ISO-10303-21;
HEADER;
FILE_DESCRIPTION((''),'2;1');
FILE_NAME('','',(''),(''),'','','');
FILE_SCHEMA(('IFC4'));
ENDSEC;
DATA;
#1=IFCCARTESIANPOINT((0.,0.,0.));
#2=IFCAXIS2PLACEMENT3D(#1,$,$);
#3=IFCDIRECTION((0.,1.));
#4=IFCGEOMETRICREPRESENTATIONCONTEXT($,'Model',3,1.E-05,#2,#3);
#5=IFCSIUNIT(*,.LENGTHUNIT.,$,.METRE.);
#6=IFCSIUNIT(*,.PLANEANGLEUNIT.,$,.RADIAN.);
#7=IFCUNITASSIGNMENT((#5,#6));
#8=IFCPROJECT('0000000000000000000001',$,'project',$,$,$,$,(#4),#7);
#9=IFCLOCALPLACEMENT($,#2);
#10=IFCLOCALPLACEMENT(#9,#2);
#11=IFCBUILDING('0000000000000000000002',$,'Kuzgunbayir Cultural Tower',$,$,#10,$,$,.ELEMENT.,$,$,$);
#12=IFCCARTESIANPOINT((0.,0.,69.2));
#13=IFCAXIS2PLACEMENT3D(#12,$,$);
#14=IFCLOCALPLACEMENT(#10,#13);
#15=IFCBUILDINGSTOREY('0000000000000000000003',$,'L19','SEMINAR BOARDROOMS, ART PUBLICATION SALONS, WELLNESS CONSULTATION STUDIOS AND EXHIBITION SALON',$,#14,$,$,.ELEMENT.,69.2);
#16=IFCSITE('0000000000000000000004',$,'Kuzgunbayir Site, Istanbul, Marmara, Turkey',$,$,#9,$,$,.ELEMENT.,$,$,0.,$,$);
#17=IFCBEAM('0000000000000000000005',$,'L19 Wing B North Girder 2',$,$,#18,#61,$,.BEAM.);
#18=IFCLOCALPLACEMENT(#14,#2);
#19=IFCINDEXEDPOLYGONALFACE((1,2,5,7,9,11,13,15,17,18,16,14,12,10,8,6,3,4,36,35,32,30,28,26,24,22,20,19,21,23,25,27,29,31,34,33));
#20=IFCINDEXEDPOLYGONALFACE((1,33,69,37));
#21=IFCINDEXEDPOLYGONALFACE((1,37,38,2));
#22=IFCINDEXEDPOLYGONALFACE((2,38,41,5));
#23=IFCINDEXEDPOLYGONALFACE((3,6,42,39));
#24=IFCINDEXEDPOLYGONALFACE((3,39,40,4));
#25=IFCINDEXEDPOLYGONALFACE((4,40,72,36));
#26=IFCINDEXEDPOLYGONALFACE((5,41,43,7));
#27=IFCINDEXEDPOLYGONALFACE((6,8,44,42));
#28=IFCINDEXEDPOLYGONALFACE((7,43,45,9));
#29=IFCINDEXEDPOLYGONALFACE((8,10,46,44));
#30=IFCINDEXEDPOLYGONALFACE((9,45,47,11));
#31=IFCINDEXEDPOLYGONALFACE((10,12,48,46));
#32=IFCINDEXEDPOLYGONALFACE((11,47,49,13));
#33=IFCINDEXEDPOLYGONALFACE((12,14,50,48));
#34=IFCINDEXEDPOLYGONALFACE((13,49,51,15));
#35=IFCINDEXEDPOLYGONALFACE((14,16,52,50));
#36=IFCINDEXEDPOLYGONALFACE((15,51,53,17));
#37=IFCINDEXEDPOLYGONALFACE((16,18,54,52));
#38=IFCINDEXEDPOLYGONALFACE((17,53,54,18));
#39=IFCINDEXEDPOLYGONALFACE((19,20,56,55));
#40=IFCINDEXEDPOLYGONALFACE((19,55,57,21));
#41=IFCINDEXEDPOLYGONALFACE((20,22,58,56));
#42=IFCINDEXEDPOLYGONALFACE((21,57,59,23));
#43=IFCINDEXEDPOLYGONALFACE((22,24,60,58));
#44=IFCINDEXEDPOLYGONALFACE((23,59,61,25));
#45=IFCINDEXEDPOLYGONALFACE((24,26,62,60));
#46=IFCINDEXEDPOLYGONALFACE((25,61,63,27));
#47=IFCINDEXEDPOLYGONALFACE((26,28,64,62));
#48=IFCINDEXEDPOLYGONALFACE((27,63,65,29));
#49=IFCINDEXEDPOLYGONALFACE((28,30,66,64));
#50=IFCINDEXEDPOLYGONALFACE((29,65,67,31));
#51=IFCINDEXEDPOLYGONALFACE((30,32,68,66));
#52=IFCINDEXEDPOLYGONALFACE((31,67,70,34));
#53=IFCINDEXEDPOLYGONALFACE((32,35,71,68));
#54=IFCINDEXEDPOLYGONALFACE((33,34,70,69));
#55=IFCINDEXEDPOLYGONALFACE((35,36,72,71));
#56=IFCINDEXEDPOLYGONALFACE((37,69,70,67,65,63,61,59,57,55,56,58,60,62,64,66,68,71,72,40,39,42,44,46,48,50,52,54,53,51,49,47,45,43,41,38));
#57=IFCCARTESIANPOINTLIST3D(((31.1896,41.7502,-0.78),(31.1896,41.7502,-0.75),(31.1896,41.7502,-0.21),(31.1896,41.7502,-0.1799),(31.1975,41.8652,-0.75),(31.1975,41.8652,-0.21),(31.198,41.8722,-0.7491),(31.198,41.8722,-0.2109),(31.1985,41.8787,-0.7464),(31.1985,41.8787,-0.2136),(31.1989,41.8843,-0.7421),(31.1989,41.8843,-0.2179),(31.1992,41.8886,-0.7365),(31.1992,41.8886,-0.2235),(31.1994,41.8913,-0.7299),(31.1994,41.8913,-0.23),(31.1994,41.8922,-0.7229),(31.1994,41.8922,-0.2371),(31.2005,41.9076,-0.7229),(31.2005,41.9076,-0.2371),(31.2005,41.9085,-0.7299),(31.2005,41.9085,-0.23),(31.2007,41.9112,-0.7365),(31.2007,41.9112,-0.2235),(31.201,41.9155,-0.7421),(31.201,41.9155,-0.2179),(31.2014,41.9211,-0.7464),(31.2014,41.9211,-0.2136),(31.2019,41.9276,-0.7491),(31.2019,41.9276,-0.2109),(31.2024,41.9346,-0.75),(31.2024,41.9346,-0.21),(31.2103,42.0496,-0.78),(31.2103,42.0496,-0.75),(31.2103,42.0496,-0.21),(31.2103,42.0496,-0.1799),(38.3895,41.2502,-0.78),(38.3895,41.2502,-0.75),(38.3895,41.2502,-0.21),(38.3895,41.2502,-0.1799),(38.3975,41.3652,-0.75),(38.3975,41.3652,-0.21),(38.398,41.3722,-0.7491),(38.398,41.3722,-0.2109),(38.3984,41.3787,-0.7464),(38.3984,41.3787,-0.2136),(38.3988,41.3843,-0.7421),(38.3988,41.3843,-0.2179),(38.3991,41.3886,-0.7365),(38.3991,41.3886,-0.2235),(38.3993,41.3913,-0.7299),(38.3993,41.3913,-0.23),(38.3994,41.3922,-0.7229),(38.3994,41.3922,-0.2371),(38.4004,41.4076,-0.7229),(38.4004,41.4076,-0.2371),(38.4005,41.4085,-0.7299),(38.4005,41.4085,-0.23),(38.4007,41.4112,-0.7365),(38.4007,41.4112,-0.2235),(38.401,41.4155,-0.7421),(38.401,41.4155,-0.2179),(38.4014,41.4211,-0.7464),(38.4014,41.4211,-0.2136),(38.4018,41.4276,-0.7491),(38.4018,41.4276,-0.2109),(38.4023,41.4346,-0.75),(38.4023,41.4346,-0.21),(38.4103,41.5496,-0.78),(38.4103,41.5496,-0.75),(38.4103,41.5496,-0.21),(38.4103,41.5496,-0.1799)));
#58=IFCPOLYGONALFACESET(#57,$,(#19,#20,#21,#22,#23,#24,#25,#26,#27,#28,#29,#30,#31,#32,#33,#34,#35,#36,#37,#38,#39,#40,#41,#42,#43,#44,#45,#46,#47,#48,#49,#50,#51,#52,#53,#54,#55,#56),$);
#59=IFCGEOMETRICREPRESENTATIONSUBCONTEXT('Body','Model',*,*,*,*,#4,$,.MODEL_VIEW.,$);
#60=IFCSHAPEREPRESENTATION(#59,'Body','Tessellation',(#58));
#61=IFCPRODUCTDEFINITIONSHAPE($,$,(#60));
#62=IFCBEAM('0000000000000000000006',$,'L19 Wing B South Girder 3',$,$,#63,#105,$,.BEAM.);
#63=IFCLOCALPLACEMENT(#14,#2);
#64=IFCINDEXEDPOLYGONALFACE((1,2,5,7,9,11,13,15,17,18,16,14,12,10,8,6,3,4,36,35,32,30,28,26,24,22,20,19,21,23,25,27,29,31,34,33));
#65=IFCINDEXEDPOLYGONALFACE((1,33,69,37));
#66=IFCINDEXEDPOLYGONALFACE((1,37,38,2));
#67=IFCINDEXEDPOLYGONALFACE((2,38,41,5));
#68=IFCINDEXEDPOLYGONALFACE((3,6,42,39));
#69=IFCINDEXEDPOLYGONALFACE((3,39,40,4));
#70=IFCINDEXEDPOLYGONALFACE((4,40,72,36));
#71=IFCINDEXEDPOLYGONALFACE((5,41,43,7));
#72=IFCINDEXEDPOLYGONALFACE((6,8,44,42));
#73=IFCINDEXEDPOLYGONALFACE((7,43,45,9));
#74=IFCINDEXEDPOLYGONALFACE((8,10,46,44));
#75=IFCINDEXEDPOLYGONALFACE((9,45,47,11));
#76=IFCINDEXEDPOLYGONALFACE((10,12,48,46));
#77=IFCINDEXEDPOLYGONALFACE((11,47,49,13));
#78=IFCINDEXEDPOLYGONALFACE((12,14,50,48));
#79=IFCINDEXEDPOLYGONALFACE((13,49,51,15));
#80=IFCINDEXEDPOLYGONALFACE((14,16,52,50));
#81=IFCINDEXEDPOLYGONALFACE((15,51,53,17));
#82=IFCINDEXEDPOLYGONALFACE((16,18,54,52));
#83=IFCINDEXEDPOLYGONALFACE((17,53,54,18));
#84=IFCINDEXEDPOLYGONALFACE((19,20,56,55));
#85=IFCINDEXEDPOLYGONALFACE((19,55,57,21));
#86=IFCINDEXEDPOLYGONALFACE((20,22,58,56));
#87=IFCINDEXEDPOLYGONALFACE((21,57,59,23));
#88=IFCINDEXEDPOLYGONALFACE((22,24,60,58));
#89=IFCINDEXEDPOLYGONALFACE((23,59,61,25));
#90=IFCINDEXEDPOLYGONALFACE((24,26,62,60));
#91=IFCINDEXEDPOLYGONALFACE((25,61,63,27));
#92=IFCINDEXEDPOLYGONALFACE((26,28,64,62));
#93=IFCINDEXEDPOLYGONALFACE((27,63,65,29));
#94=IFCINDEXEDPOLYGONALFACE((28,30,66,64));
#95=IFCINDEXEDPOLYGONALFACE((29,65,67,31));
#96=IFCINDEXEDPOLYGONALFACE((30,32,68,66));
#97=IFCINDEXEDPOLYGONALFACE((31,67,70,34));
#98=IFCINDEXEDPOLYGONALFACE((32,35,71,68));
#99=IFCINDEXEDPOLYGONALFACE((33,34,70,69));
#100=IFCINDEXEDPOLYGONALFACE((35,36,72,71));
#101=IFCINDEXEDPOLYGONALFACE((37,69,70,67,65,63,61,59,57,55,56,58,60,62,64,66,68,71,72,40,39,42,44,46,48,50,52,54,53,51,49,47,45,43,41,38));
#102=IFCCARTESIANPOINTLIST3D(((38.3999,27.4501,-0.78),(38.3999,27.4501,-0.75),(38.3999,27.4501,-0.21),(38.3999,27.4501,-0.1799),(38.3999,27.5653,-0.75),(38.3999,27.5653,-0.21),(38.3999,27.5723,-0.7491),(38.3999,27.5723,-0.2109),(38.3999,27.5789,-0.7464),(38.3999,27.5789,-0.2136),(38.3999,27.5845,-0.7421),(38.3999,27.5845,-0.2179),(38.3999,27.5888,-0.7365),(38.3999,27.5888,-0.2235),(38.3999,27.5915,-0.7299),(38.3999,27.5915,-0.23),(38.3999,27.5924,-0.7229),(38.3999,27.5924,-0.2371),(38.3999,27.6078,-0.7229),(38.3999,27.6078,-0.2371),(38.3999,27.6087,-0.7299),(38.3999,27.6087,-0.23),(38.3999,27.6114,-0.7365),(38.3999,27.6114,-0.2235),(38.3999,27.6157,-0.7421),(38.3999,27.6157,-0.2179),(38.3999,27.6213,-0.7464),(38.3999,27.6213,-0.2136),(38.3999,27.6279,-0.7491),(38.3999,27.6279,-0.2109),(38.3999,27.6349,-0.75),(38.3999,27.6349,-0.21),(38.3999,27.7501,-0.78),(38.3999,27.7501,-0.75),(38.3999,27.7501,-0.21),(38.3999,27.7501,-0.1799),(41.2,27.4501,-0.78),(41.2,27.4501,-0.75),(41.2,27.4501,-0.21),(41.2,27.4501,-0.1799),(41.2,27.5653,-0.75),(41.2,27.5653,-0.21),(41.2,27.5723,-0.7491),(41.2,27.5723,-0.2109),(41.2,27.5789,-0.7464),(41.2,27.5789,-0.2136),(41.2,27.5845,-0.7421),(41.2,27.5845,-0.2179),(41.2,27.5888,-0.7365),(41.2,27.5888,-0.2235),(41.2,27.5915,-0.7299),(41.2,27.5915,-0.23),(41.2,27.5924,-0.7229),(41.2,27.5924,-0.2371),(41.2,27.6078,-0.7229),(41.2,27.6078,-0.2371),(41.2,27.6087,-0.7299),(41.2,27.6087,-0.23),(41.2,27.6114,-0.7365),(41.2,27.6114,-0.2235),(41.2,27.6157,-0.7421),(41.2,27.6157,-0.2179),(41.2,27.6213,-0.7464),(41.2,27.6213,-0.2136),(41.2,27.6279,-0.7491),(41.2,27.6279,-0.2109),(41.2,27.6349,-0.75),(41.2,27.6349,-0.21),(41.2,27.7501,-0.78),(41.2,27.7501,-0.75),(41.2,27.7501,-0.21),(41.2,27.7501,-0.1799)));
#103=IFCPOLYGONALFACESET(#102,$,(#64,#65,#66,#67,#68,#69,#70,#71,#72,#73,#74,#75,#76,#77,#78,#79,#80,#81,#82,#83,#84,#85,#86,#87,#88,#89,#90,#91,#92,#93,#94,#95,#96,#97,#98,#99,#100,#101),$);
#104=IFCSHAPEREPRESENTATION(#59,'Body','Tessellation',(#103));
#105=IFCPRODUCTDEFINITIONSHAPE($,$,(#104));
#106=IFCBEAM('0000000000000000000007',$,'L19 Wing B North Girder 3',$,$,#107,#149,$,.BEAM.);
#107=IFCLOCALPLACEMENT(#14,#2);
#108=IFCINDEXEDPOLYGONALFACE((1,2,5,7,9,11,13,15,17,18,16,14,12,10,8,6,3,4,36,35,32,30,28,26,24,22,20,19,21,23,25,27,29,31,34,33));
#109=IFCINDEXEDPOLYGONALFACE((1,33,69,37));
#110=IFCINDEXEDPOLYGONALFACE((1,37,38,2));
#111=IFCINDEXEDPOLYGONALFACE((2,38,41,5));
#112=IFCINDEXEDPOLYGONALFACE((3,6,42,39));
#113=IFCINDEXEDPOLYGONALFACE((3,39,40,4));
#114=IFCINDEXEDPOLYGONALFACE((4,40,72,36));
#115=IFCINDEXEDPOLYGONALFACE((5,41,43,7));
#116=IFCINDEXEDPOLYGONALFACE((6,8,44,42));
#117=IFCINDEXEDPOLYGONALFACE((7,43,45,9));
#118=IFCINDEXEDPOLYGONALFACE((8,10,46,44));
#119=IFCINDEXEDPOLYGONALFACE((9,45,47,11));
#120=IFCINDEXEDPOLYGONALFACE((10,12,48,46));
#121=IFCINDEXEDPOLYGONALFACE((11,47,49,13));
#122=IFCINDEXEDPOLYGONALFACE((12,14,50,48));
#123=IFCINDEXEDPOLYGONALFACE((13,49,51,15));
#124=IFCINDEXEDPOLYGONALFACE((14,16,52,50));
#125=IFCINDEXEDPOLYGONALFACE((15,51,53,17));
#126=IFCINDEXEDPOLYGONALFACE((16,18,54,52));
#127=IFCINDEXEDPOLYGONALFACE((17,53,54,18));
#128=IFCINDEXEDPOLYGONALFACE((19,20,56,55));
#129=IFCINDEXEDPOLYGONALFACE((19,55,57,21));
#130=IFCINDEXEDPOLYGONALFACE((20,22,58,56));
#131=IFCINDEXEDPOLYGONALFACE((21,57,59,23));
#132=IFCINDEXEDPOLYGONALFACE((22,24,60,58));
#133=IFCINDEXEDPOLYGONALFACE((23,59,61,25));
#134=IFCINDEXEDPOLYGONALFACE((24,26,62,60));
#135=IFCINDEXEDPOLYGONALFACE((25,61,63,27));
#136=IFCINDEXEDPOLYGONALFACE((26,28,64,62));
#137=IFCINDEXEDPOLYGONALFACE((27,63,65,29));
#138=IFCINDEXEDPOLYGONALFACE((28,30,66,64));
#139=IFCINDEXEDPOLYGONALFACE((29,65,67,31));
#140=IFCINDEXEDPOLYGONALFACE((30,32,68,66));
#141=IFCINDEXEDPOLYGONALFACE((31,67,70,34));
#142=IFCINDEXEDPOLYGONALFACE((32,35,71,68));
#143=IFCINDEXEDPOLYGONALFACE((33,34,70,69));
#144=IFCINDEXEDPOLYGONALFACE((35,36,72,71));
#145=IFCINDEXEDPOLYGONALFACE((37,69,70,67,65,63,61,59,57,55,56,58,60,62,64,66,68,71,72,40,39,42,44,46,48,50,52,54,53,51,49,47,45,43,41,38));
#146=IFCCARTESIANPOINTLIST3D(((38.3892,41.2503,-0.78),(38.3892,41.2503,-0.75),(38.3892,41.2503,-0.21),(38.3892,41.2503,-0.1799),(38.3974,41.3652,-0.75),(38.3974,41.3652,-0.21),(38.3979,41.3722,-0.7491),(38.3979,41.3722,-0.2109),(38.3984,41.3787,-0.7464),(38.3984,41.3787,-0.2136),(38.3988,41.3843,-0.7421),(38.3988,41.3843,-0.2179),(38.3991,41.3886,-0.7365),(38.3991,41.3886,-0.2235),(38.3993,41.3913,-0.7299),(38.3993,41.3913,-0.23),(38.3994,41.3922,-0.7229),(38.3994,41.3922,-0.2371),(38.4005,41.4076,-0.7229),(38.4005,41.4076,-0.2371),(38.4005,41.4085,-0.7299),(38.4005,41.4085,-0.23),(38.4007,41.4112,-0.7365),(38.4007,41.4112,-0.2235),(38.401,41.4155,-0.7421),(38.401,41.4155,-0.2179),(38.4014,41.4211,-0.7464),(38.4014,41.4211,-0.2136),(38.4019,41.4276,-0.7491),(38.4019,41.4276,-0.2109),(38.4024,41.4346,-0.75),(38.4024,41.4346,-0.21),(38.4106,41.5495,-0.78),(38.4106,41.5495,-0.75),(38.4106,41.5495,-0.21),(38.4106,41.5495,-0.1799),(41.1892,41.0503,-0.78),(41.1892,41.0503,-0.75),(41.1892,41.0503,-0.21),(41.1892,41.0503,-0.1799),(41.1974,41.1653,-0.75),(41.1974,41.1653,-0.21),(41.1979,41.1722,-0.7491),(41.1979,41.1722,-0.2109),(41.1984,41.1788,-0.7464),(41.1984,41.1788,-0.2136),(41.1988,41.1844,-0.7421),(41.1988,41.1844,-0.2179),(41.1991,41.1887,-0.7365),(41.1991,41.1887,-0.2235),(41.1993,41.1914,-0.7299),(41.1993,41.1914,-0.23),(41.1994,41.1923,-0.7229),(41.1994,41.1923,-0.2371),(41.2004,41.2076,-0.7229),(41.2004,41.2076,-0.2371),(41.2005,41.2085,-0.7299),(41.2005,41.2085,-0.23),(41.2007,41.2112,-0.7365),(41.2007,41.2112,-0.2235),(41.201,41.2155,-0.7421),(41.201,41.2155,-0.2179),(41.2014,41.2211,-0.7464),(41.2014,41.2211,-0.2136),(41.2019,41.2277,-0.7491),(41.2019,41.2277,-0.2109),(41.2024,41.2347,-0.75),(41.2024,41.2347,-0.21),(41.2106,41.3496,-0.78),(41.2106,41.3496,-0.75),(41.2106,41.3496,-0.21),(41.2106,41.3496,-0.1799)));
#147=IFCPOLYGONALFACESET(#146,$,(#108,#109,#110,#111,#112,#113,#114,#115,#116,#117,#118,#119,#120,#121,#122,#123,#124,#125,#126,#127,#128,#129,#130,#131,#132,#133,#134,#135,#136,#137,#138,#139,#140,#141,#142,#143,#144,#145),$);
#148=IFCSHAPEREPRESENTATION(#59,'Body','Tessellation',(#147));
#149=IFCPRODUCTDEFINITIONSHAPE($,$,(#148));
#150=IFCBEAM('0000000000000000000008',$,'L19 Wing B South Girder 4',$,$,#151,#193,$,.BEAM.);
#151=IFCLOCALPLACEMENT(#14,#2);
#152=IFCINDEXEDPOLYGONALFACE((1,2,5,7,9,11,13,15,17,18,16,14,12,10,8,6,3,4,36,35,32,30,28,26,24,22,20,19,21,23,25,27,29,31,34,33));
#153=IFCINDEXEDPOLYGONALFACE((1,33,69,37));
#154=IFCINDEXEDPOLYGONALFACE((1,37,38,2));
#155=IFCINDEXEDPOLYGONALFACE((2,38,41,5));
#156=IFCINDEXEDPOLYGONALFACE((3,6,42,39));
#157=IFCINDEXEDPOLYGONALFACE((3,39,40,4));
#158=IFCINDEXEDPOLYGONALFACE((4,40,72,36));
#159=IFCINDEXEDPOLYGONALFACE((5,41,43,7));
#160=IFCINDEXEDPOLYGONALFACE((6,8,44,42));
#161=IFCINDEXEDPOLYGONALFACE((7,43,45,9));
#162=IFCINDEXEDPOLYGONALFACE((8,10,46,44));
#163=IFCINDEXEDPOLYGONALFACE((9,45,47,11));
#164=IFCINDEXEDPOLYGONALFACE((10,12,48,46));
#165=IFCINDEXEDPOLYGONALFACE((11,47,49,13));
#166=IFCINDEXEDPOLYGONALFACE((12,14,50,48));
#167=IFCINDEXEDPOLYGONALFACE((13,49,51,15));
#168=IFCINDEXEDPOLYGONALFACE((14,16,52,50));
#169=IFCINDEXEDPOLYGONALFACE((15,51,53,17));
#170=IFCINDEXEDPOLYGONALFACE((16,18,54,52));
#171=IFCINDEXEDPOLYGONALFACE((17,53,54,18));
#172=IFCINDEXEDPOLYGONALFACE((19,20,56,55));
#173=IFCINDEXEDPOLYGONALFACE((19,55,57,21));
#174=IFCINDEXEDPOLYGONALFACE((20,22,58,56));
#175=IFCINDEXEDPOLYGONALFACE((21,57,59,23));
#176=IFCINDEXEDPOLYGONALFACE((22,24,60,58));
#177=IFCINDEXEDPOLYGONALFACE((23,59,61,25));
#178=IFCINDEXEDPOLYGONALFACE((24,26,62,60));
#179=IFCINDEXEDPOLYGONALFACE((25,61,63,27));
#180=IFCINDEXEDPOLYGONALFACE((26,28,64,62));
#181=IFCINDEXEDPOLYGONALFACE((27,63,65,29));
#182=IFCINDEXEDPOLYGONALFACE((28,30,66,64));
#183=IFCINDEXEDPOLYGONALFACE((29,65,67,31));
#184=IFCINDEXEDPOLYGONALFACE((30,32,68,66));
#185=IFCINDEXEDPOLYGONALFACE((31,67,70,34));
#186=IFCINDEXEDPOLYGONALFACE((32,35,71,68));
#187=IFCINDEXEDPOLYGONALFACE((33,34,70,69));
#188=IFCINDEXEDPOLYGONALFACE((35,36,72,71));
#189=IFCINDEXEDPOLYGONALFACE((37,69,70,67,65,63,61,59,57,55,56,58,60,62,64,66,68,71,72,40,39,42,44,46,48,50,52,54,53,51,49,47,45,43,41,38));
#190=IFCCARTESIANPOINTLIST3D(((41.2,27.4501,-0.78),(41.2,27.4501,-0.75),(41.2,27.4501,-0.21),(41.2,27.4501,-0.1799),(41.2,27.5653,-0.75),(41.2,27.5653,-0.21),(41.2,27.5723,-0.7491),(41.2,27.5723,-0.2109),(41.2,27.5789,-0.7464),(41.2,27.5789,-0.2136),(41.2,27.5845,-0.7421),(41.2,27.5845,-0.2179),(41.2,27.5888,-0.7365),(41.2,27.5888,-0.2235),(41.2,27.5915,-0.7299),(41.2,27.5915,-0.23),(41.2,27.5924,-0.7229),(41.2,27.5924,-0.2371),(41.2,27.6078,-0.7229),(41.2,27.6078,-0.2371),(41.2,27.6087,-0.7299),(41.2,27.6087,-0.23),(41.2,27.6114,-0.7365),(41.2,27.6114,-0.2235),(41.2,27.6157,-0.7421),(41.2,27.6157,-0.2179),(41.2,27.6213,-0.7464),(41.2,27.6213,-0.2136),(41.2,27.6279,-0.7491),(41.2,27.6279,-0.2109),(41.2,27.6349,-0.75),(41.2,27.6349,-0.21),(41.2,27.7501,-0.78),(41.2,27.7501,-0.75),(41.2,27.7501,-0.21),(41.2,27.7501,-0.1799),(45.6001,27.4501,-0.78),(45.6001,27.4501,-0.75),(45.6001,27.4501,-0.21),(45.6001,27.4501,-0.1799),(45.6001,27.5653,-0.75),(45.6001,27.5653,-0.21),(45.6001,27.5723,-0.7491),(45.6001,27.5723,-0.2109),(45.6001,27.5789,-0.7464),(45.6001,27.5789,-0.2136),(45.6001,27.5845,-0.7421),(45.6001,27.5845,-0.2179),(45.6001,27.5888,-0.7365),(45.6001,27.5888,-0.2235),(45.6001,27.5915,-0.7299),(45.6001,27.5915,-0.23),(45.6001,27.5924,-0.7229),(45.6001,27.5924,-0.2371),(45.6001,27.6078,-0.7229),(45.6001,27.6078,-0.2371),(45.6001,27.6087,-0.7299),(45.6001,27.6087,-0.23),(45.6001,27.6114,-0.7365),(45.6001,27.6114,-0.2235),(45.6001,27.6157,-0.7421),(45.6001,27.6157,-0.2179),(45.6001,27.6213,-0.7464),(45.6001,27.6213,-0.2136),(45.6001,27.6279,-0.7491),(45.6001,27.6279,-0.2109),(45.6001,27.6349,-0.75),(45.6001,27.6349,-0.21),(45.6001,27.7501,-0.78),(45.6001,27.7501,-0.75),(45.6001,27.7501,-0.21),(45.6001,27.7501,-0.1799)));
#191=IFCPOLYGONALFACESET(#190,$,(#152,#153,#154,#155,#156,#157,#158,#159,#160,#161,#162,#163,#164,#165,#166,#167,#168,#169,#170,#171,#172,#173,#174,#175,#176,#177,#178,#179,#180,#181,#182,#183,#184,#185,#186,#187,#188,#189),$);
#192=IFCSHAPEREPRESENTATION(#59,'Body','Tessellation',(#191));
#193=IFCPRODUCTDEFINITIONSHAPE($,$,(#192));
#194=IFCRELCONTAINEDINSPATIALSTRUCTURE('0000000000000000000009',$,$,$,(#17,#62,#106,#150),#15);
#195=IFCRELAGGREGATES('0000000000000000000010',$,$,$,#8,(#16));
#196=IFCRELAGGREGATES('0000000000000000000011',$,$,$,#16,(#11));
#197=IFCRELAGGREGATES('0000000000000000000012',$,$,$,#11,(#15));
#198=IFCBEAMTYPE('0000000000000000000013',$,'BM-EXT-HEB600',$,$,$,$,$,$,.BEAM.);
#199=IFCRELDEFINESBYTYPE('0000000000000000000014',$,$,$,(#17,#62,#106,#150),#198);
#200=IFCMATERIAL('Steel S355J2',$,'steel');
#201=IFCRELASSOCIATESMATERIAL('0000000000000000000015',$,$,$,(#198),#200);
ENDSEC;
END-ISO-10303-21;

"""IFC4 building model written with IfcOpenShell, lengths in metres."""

from ifc_helpers import new_model, si_unit, direction, frame, origin, origin_2d, place, context, subcontext, project, spatial, i_section, extrude, material, material_profile, profile_set, type_object, element, save


model = new_model("IFC4")

# Units and contexts
model_context = context("Model", 3, precision=1e-05, world=origin(), true_north=direction((0.0, 1.0)))
body_context = subcontext(model_context, "Body", "Model", "MODEL_VIEW")
ifc_project = project(units=[si_unit("LENGTHUNIT", "METRE"), si_unit("PLANEANGLEUNIT", "RADIAN")], contexts=[model_context])

# Site, building, storey
site_placement = place(None, origin())
site = spatial("IfcSite", under=ifc_project, at=site_placement, Name="Kuzgunbayir Site, Istanbul, Marmara, Turkey", CompositionType="ELEMENT", RefElevation=0.0)
building_placement = place(site_placement, origin())
building = spatial("IfcBuilding", under=site, at=building_placement, Name="Kuzgunbayir Cultural Tower", CompositionType="ELEMENT")
storey_placement = place(building_placement, frame((0.0, 0.0, 69.2)))
storey = spatial("IfcBuildingStorey", under=building, at=storey_placement, Name="L19", Description="SEMINAR BOARDROOMS, ART PUBLICATION SALONS, WELLNESS CONSULTATION STUDIOS AND EXHIBITION SALON", CompositionType="ELEMENT", Elevation=69.2)

# Beams
ifc_material_1 = material(Name="Steel S355J2", Category="steel")
ifc_material_profile_1 = material_profile(ifc_material_1, i_section(OverallWidth=0.3, OverallDepth=0.6001, WebThickness=0.0154, FlangeThickness=0.03, FilletRadius=0.0271, at=origin_2d()), Name="HEB 600")
ifc_profile_set_1 = profile_set([ifc_material_profile_1], Name="Steel S355J2")
beam_type_1 = type_object("IfcBeamType", Name="BM-EXT-HEB600", PredefinedType="BEAM", material=ifc_profile_set_1)
beam_1_placement = place(storey_placement, frame((31.2, 41.8999, -0.48), z_axis=(0.997597, -0.069278, 0.0), x_axis=(0.069278, 0.997597, 0.0)))
element("IfcBeam", 1, at=beam_1_placement, inside=storey, type_object=beam_type_1, Name="L19 Wing B North Girder 2", PredefinedType="BEAM", context=body_context, shape_type="SweptSolid", body=[
    extrude(i_section(OverallWidth=0.3, OverallDepth=0.6001, WebThickness=0.0154, FlangeThickness=0.03, FilletRadius=0.0271, at=origin_2d()), origin(), (0.0, 0.0, 1.0), 7.2173),
])
beam_2_placement = place(storey_placement, frame((38.3999, 27.6001, -0.48), z_axis=(1.0, 0.0, 0.0), x_axis=(0.0, 1.0, 0.0)))
element("IfcBeam", 2, at=beam_2_placement, inside=storey, type_object=beam_type_1, Name="L19 Wing B South Girder 3", PredefinedType="BEAM", context=body_context, shape_type="SweptSolid", body=[
    extrude(i_section(OverallWidth=0.3, OverallDepth=0.6001, WebThickness=0.0154, FlangeThickness=0.03, FilletRadius=0.0271, at=origin_2d()), origin(), (0.0, 0.0, 1.0), 2.8),
])
beam_3_placement = place(storey_placement, frame((38.3999, 41.3999, -0.48), z_axis=(0.99746, -0.071229, 0.0), x_axis=(0.071229, 0.99746, 0.0)))
element("IfcBeam", 3, at=beam_3_placement, inside=storey, type_object=beam_type_1, Name="L19 Wing B North Girder 3", PredefinedType="BEAM", context=body_context, shape_type="SweptSolid", body=[
    extrude(i_section(OverallWidth=0.3, OverallDepth=0.6001, WebThickness=0.0154, FlangeThickness=0.03, FilletRadius=0.0271, at=origin_2d()), origin(), (0.0, 0.0, 1.0), 2.8071),
])
for number, where, z_axis, x_axis, name in (
    (4, (41.2, 27.6001, -0.48), (1.0, 0.0, 0.0), (0.0, 1.0, 0.0), "L19 Wing B South Girder 4"),
):
    element("IfcBeam", number, at=place(storey_placement, frame(where, z_axis=z_axis, x_axis=x_axis)), inside=storey, type_object=beam_type_1, Name=name, PredefinedType="BEAM", context=body_context, shape_type="SweptSolid", body=[
        extrude(i_section(OverallWidth=0.3, OverallDepth=0.6001, WebThickness=0.0154, FlangeThickness=0.03, FilletRadius=0.0271, at=origin_2d()), origin(), (0.0, 0.0, 1.0), 4.4001),
    ])

save(model, "model.ifc")
